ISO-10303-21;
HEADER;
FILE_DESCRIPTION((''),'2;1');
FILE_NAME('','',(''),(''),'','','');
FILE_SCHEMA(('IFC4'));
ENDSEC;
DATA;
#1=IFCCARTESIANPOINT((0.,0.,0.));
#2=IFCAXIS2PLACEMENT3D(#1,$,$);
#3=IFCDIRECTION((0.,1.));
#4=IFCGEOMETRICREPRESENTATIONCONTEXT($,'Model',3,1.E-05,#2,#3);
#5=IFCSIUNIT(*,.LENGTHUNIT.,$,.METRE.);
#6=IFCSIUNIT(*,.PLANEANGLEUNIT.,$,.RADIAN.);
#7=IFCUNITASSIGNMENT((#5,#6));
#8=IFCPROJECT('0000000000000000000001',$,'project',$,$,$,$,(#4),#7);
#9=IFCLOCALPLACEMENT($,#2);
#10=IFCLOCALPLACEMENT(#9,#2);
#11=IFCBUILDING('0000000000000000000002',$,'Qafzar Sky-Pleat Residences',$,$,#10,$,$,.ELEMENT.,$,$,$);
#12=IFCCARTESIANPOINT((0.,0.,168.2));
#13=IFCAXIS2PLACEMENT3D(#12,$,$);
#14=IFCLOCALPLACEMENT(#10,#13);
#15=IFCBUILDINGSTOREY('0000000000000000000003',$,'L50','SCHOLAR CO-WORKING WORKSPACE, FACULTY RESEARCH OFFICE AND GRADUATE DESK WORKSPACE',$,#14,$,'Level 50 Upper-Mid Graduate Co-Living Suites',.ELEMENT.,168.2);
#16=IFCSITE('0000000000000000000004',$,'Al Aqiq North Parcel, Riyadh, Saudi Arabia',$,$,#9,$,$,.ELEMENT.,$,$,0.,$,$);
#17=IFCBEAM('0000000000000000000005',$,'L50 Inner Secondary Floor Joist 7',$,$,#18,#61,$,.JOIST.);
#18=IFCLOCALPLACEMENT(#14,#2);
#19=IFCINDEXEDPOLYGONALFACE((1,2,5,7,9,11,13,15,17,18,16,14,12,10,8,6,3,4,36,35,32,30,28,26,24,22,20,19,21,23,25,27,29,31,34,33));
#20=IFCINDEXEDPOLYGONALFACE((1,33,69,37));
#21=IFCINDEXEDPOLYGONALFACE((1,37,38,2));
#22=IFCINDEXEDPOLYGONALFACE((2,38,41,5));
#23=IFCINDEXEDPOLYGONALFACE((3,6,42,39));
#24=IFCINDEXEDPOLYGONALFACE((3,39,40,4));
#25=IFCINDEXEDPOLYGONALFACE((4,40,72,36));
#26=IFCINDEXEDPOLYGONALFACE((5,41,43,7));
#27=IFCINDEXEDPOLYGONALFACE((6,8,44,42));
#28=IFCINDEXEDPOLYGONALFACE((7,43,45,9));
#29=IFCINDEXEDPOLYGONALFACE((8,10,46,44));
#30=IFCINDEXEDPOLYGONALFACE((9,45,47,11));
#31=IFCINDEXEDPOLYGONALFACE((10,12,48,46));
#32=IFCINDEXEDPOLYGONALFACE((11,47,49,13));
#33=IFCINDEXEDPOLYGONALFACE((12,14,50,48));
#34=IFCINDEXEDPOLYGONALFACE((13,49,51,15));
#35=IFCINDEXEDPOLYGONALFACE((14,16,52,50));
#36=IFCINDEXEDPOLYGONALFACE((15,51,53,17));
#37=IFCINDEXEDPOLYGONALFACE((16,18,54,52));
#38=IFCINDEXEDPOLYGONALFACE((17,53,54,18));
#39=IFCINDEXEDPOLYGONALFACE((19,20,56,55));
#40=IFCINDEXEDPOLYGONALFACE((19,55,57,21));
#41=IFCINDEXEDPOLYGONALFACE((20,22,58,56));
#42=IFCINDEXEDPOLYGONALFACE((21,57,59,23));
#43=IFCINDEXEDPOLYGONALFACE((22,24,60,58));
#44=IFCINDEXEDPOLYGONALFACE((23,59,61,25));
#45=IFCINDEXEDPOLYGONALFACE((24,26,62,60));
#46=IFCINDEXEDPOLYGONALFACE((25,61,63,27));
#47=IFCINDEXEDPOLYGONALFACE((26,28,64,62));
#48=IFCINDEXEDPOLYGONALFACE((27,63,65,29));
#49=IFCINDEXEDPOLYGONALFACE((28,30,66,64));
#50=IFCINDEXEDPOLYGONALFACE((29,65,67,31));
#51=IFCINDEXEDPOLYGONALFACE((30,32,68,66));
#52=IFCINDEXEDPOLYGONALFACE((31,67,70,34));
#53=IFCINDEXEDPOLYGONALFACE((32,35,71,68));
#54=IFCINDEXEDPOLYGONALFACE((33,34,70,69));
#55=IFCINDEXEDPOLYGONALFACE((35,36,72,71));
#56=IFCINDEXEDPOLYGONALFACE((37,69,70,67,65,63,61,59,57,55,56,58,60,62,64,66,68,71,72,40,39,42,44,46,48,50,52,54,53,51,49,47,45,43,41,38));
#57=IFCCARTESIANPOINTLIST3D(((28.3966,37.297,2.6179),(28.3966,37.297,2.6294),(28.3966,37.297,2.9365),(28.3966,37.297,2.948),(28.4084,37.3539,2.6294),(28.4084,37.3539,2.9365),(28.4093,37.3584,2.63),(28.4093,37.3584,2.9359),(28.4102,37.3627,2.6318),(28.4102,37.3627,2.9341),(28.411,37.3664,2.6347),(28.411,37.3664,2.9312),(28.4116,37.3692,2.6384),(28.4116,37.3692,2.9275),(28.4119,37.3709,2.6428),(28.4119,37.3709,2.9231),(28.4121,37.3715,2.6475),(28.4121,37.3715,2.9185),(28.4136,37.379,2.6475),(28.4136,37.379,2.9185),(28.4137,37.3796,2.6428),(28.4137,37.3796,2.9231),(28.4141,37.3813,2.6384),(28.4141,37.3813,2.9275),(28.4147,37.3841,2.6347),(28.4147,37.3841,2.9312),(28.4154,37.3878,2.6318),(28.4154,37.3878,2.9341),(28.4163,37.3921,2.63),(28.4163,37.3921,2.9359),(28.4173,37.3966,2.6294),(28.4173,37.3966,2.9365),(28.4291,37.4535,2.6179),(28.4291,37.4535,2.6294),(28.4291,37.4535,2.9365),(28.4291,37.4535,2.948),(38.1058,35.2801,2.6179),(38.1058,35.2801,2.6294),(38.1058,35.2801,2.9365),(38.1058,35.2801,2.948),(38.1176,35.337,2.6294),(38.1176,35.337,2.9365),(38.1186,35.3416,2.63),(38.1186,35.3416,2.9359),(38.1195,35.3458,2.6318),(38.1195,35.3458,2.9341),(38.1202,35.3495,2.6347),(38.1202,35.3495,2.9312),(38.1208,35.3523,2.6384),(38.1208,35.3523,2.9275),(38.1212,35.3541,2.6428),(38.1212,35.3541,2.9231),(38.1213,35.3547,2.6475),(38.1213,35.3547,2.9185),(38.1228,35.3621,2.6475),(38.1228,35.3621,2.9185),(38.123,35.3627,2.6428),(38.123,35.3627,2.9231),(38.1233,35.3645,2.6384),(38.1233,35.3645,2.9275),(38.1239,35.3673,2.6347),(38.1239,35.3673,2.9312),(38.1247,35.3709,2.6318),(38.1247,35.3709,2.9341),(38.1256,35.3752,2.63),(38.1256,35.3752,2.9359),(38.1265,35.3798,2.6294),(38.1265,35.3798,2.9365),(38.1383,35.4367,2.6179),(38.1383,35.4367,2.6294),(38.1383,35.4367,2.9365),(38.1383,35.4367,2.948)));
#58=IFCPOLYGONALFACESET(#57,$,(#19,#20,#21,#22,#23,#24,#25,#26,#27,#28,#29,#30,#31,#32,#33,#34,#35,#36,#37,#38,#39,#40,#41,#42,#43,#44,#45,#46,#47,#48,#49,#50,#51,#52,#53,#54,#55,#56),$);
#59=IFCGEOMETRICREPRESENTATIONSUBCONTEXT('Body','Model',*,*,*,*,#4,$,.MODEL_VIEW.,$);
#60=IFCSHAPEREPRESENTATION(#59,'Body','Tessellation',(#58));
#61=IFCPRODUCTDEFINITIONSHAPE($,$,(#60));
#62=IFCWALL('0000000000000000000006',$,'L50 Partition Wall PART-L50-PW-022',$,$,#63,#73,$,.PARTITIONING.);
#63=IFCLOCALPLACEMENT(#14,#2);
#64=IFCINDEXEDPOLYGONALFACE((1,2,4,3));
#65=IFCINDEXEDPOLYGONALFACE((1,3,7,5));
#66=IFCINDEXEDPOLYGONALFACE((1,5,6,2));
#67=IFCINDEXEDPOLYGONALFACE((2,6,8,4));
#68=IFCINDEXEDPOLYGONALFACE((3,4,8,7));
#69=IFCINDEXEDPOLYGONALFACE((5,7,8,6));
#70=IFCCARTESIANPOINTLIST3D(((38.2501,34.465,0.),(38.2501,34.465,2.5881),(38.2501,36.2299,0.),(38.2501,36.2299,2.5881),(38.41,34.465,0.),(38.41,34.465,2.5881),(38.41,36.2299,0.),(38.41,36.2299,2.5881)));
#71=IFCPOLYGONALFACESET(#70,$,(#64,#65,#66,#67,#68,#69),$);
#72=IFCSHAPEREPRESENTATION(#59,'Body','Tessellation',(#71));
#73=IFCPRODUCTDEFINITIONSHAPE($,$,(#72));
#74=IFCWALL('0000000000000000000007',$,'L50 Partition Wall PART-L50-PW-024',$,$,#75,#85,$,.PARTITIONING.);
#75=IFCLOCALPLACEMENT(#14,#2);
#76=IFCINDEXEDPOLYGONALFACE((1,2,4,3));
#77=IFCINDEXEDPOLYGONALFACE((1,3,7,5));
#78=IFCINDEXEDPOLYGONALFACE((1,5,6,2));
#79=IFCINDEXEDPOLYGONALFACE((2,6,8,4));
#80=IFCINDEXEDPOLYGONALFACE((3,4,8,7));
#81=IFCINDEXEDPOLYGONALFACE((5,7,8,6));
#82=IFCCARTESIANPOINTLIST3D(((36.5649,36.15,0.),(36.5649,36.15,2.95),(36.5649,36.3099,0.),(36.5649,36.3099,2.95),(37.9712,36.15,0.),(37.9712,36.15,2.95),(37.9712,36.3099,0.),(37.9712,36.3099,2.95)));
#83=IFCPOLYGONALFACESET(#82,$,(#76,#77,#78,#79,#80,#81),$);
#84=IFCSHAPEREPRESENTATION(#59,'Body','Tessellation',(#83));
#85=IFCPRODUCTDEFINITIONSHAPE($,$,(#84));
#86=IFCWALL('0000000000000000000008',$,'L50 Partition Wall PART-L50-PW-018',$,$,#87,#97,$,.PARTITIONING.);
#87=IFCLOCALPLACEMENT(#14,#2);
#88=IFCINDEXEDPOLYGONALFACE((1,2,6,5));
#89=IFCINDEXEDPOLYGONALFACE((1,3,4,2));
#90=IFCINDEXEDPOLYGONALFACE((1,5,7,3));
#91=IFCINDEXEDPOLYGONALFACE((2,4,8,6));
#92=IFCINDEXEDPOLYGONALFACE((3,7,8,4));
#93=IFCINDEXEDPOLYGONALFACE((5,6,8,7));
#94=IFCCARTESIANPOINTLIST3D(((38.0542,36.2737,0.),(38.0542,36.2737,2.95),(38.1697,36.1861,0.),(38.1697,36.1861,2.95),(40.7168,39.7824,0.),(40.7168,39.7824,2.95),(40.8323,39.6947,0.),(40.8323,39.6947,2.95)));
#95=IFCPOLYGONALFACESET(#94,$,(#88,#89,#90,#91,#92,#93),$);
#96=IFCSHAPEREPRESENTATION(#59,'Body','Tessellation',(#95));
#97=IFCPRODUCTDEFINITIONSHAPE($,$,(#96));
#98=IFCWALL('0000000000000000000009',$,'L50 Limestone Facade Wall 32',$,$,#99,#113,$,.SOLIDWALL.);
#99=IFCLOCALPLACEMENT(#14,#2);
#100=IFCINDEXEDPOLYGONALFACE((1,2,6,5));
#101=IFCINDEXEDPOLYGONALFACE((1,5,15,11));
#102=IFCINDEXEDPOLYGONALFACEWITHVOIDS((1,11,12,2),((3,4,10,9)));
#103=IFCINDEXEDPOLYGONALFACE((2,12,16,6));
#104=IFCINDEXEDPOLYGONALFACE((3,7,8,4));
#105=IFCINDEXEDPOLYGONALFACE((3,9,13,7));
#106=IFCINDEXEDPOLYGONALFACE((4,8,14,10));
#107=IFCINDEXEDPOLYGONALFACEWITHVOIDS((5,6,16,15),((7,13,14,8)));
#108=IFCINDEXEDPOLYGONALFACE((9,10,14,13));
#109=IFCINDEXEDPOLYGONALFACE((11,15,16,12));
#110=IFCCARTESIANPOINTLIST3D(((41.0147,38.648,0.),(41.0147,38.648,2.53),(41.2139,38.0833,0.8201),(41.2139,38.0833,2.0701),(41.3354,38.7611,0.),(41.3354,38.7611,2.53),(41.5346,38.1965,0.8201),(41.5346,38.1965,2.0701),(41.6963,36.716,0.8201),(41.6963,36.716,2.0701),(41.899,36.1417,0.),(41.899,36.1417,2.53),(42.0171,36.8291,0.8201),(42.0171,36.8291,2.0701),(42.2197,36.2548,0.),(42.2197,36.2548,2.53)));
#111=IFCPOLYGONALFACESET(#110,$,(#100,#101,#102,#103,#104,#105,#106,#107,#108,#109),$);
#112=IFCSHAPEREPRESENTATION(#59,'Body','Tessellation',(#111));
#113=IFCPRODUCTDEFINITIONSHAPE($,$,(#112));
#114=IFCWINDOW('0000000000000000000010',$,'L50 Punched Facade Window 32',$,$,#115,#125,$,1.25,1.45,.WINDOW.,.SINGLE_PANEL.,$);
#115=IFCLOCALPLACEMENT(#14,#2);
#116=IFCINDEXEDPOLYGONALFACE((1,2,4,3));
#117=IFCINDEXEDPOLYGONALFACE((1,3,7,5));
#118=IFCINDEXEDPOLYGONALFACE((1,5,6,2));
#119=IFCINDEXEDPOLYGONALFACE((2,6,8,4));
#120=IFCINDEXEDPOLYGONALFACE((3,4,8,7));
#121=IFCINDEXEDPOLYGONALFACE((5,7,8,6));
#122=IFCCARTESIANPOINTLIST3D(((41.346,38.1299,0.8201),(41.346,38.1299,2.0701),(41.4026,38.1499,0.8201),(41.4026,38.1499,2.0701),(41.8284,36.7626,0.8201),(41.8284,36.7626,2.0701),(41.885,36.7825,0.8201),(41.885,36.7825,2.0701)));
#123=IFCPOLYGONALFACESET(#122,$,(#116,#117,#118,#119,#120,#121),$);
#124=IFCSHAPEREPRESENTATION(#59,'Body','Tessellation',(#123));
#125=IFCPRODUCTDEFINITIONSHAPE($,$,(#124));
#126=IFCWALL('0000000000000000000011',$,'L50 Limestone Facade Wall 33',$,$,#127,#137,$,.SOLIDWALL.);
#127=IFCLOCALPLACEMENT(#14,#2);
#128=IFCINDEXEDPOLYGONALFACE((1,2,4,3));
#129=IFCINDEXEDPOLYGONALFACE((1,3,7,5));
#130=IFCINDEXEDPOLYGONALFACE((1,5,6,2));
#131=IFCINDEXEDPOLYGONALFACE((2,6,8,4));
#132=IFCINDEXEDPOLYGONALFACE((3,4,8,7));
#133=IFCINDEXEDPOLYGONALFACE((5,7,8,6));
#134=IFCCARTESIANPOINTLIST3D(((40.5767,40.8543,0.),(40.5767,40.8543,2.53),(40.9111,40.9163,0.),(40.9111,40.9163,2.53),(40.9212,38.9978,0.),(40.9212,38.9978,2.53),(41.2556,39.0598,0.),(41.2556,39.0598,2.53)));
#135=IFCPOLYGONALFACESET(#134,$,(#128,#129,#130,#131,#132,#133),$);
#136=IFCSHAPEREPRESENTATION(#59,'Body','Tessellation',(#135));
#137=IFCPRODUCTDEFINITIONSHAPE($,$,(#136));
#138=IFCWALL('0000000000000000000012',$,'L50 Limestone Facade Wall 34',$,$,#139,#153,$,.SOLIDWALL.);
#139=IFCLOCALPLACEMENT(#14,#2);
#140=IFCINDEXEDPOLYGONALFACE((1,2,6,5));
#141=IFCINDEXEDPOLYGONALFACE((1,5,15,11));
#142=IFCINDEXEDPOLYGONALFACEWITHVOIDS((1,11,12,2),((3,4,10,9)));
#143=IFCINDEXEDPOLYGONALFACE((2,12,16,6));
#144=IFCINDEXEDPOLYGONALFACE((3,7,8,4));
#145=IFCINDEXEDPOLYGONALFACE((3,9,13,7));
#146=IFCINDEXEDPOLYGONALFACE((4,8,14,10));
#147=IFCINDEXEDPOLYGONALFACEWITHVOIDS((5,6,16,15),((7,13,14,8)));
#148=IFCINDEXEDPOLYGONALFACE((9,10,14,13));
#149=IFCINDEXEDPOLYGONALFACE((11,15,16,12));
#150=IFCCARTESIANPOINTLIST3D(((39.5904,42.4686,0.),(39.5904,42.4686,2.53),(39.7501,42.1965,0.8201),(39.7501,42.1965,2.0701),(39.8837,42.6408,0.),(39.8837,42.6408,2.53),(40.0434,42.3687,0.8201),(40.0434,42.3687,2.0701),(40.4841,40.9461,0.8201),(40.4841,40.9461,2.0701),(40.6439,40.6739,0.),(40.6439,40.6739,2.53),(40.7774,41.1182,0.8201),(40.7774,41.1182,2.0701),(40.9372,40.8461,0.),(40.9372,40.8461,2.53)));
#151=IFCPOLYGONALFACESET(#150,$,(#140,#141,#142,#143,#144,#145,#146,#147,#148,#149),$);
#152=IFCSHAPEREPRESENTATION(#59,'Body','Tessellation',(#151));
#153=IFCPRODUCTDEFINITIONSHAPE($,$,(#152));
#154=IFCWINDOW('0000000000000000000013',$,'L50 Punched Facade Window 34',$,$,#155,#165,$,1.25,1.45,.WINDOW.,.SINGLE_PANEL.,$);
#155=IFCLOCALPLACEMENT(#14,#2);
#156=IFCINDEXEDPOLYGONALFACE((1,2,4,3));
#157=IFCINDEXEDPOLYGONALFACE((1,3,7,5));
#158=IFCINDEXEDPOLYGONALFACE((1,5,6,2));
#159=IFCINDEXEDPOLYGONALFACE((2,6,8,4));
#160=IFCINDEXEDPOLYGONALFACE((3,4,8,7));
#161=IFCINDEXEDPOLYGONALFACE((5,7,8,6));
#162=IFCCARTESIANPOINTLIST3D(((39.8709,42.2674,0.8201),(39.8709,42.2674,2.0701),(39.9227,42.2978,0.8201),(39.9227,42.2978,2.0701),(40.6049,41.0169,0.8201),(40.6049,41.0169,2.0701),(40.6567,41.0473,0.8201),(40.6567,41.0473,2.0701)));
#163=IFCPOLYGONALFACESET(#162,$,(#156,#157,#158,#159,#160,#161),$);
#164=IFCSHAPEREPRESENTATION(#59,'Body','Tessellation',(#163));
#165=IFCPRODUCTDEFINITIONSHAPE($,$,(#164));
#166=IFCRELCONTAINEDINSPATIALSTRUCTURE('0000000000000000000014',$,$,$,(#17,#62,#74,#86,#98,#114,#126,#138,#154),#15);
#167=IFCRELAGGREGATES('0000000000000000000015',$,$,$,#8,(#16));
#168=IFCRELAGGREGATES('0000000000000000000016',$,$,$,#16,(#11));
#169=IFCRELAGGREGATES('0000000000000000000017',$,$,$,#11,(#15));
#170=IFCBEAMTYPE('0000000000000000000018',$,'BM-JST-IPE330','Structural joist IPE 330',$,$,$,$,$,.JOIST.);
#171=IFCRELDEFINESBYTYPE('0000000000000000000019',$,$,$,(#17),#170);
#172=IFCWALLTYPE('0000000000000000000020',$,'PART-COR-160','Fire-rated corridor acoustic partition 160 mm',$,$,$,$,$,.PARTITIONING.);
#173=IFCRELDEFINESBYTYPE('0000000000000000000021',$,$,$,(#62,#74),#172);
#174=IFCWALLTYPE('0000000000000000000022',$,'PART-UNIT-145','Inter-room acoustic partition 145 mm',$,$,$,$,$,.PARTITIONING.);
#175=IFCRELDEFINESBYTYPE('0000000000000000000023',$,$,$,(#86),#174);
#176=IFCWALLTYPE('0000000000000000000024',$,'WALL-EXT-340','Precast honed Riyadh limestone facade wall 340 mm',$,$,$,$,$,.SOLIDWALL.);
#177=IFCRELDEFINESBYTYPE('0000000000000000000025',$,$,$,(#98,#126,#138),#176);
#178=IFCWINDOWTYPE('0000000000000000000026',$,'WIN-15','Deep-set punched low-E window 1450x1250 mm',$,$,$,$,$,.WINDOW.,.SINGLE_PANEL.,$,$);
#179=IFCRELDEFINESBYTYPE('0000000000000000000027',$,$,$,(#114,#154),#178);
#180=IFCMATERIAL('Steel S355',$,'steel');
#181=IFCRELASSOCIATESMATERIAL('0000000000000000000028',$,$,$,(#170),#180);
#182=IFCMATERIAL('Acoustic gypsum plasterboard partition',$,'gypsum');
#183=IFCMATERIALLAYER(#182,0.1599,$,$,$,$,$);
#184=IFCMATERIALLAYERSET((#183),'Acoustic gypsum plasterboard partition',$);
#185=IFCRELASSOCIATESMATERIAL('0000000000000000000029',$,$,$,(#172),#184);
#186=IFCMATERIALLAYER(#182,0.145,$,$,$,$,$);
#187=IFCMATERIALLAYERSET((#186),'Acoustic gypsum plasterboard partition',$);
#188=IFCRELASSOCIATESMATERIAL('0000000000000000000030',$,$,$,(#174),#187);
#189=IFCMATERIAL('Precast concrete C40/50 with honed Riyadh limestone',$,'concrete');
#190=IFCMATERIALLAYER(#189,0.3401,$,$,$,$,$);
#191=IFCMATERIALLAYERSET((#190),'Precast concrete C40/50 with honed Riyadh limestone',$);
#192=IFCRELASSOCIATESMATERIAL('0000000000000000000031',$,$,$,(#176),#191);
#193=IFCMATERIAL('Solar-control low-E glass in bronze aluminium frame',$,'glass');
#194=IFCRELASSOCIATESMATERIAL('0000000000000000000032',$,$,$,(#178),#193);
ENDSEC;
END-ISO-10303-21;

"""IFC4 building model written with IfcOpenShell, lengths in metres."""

from ifc_helpers import new_model, si_unit, direction, frame, frame_2d, origin, origin_2d, place, context, subcontext, project, spatial, rectangle, i_section, extrude, source, transform, mapped, material, layer, layer_set, material_profile, profile_set, type_object, element, fill, save


model = new_model("IFC4")

# Units and contexts
model_context = context("Model", 3, precision=1e-05, world=origin(), true_north=direction((0.0, 1.0)))
body_context = subcontext(model_context, "Body", "Model", "MODEL_VIEW")
ifc_project = project(units=[si_unit("LENGTHUNIT", "METRE"), si_unit("PLANEANGLEUNIT", "RADIAN")], contexts=[model_context])

# Site, building, storey
site_placement = place(None, origin())
site = spatial("IfcSite", under=ifc_project, at=site_placement, Name="Al Aqiq North Parcel, Riyadh, Saudi Arabia", CompositionType="ELEMENT", RefElevation=0.0)
building_placement = place(site_placement, origin())
building = spatial("IfcBuilding", under=site, at=building_placement, Name="Qafzar Sky-Pleat Residences", CompositionType="ELEMENT")
storey_placement = place(building_placement, frame((0.0, 0.0, 168.2)))
storey = spatial("IfcBuildingStorey", under=building, at=storey_placement, Name="L50", Description="SCHOLAR CO-WORKING WORKSPACE, FACULTY RESEARCH OFFICE AND GRADUATE DESK WORKSPACE", LongName="Level 50 Upper-Mid Graduate Co-Living Suites", CompositionType="ELEMENT", Elevation=168.2)

# Beam
ifc_material_1 = material(Name="Steel S355", Category="steel")
ifc_material_profile_1 = material_profile(ifc_material_1, i_section(OverallWidth=0.1599, OverallDepth=0.3301, WebThickness=0.0076, FlangeThickness=0.0115, FilletRadius=0.0181, at=origin_2d()), Name="IPE 330")
ifc_profile_set_1 = profile_set([ifc_material_profile_1], Name="Steel S355")
beam_type_1 = type_object("IfcBeamType", Name="BM-JST-IPE330", Description="Structural joist IPE 330", PredefinedType="JOIST", material=ifc_profile_set_1)
shared_shape_1 = source(origin(), body_context, "Body", "SweptSolid", [
    extrude(i_section(OverallWidth=0.1599, OverallDepth=0.3301, WebThickness=0.0076, FlangeThickness=0.0115, FilletRadius=0.0181, at=origin_2d()), origin(), (0.0, 0.0, 1.0), 9.9165),
])
beam_1_placement = place(storey_placement, frame((38.1221, 35.3584, 2.783), z_axis=(-0.979099, 0.203383, 0.0), x_axis=(-0.203383, -0.979099, 0.0)))
element("IfcBeam", 1, at=beam_1_placement, inside=storey, type_object=beam_type_1, Name="L50 Inner Secondary Floor Joist 7", PredefinedType="JOIST", context=body_context, shape_type="MappedRepresentation", body=[
    mapped(shared_shape_1, transform((0.0, 0.0, 0.0), x_axis=(1.0, 0.0, 0.0), y_axis=(0.0, 1.0, 0.0), z_axis=(0.0, 0.0, 1.0), scale=1.0)),
])

# Walls
ifc_material_2 = material(Name="Acoustic gypsum plasterboard partition", Category="gypsum")
ifc_layer_1 = layer(ifc_material_2, 0.1599)
ifc_layer_set_1 = layer_set([ifc_layer_1], Name="Acoustic gypsum plasterboard partition")
wall_type_1 = type_object("IfcWallType", Name="PART-COR-160", Description="Fire-rated corridor acoustic partition 160 mm", PredefinedType="PARTITIONING", material=ifc_layer_set_1)
wall_1_placement = place(storey_placement, frame((38.3301, 34.4651, 0.0), z_axis=(0.0, 0.0, 1.0), x_axis=(0.0, 1.0, 0.0)))
element("IfcWall", 2, at=wall_1_placement, inside=storey, type_object=wall_type_1, Name="L50 Partition Wall PART-L50-PW-022", PredefinedType="PARTITIONING", context=body_context, shape_type="SweptSolid", body=[
    extrude(rectangle(XDim=1.7649, YDim=0.1599, at=frame_2d((0.8823, 0.0))), origin(), (0.0, 0.0, 1.0), 2.5881),
])
wall_2_placement = place(storey_placement, frame((36.5649, 36.23, 0.0), z_axis=(0.0, 0.0, 1.0), x_axis=(1.0, 0.0, 0.0)))
element("IfcWall", 3, at=wall_2_placement, inside=storey, type_object=wall_type_1, Name="L50 Partition Wall PART-L50-PW-024", PredefinedType="PARTITIONING", context=body_context, shape_type="SweptSolid", body=[
    extrude(rectangle(XDim=1.4062, YDim=0.1599, at=frame_2d((0.7031, 0.0))), origin(), (0.0, 0.0, 1.0), 2.95),
])
ifc_layer_2 = layer(ifc_material_2, 0.145)
ifc_layer_set_2 = layer_set([ifc_layer_2], Name="Acoustic gypsum plasterboard partition")
wall_type_2 = type_object("IfcWallType", Name="PART-UNIT-145", Description="Inter-room acoustic partition 145 mm", PredefinedType="PARTITIONING", material=ifc_layer_set_2)
wall_3_placement = place(storey_placement, frame((38.1121, 36.23, 0.0), z_axis=(0.0, 0.0, 1.0), x_axis=(0.604496, 0.796608, 0.0)))
element("IfcWall", 4, at=wall_3_placement, inside=storey, type_object=wall_type_2, Name="L50 Partition Wall PART-L50-PW-018", PredefinedType="PARTITIONING", context=body_context, shape_type="SweptSolid", body=[
    extrude(rectangle(XDim=4.4045, YDim=0.145, at=frame_2d((2.2021, 0.0))), origin(), (0.0, 0.0, 1.0), 2.95),
])

# Wall, opening, window
ifc_material_3 = material(Name="Precast concrete C40/50 with honed Riyadh limestone", Category="concrete")
ifc_layer_3 = layer(ifc_material_3, 0.3401)
ifc_layer_set_3 = layer_set([ifc_layer_3], Name="Precast concrete C40/50 with honed Riyadh limestone")
wall_type_3 = type_object("IfcWallType", Name="WALL-EXT-340", Description="Precast honed Riyadh limestone facade wall 340 mm", PredefinedType="SOLIDWALL", material=ifc_layer_set_3)
wall_4_placement = place(storey_placement, frame((42.0593, 36.1982, 0.0), z_axis=(0.0, 0.0, 1.0), x_axis=(-0.332714, 0.943028, 0.0)))
wall_4 = element("IfcWall", 5, at=wall_4_placement, inside=storey, type_object=wall_type_3, Name="L50 Limestone Facade Wall 32", PredefinedType="SOLIDWALL", context=body_context, shape_type="SweptSolid", body=[
    extrude(rectangle(XDim=2.6577, YDim=0.3401, at=frame_2d((1.3289, 0.0))), origin(), (0.0, 0.0, 1.0), 2.53),
])
opening_1_placement = place(wall_4_placement, frame((0.6089, 0.0, 0.8201)))
opening_1 = element("IfcOpeningElement", 6, at=opening_1_placement, cuts=wall_4, PredefinedType="OPENING", context=body_context, shape_type="SweptSolid", body=[
    extrude(rectangle(XDim=1.45, YDim=1.25, at=frame_2d((0.7251, 0.625))), frame((0.0, 0.1802, 0.0), z_axis=(0.0, -1.0, 0.0), x_axis=(1.0, 0.0, 0.0)), (0.0, 0.0, 1.0), 0.3601),
])
ifc_material_4 = material(Name="Solar-control low-E glass in bronze aluminium frame", Category="glass")
window_type_1 = type_object("IfcWindowType", Name="WIN-15", Description="Deep-set punched low-E window 1450x1250 mm", PartitioningType="SINGLE_PANEL", PredefinedType="WINDOW", material=ifc_material_4)
shared_shape_2 = source(origin(), body_context, "Body", "SweptSolid", [
    extrude(rectangle(XDim=1.45, YDim=1.25, at=frame_2d((0.7251, 0.625))), frame((0.0, 0.03, 0.0), z_axis=(0.0, -1.0, 0.0), x_axis=(1.0, 0.0, 0.0)), (0.0, 0.0, 1.0), 0.0601),
])
window_1_placement = place(opening_1_placement, origin())
window_1 = element("IfcWindow", 7, at=window_1_placement, inside=storey, type_object=window_type_1, Name="L50 Punched Facade Window 32", OverallHeight=1.25, OverallWidth=1.45, PartitioningType="SINGLE_PANEL", PredefinedType="WINDOW", context=body_context, shape_type="MappedRepresentation", body=[
    mapped(shared_shape_2, transform((0.0, 0.0, 0.0), x_axis=(1.0, 0.0, 0.0), y_axis=(0.0, 1.0, 0.0), z_axis=(0.0, 0.0, 1.0), scale=1.0)),
])
fill(opening_1, window_1)

# Wall
wall_5_placement = place(storey_placement, frame((41.0884, 39.0288, 0.0), z_axis=(0.0, 0.0, 1.0), x_axis=(-0.182446, 0.983216, 0.0)))
element("IfcWall", 8, at=wall_5_placement, inside=storey, type_object=wall_type_3, Name="L50 Limestone Facade Wall 33", PredefinedType="SOLIDWALL", context=body_context, shape_type="SweptSolid", body=[
    extrude(rectangle(XDim=1.8882, YDim=0.3401, at=frame_2d((0.9441, 0.0))), origin(), (0.0, 0.0, 1.0), 2.53),
])

# Wall, opening, window
wall_6_placement = place(storey_placement, frame((40.7905, 40.76, 0.0), z_axis=(0.0, 0.0, 1.0), x_axis=(-0.506225, 0.862401, 0.0)))
wall_6 = element("IfcWall", 9, at=wall_6_placement, inside=storey, type_object=wall_type_3, Name="L50 Limestone Facade Wall 34", PredefinedType="SOLIDWALL", context=body_context, shape_type="SweptSolid", body=[
    extrude(rectangle(XDim=2.0811, YDim=0.3401, at=frame_2d((1.0405, 0.0))), origin(), (0.0, 0.0, 1.0), 2.53),
])
opening_2_placement = place(wall_6_placement, frame((0.3154, 0.0, 0.8201)))
opening_2 = element("IfcOpeningElement", 10, at=opening_2_placement, cuts=wall_6, PredefinedType="OPENING", context=body_context, shape_type="SweptSolid", body=[
    extrude(rectangle(XDim=1.45, YDim=1.25, at=frame_2d((0.7251, 0.625))), frame((0.0, 0.1802, 0.0), z_axis=(0.0, -1.0, 0.0), x_axis=(1.0, 0.0, 0.0)), (0.0, 0.0, 1.0), 0.3601),
])
window_2_placement = place(opening_2_placement, origin())
window_2 = element("IfcWindow", 11, at=window_2_placement, inside=storey, type_object=window_type_1, Name="L50 Punched Facade Window 34", OverallHeight=1.25, OverallWidth=1.45, PartitioningType="SINGLE_PANEL", PredefinedType="WINDOW", context=body_context, shape_type="MappedRepresentation", body=[
    mapped(shared_shape_2, transform((0.0, 0.0, 0.0), x_axis=(1.0, 0.0, 0.0), y_axis=(0.0, 1.0, 0.0), z_axis=(0.0, 0.0, 1.0), scale=1.0)),
])
fill(opening_2, window_2)

save(model, "model.ifc")
